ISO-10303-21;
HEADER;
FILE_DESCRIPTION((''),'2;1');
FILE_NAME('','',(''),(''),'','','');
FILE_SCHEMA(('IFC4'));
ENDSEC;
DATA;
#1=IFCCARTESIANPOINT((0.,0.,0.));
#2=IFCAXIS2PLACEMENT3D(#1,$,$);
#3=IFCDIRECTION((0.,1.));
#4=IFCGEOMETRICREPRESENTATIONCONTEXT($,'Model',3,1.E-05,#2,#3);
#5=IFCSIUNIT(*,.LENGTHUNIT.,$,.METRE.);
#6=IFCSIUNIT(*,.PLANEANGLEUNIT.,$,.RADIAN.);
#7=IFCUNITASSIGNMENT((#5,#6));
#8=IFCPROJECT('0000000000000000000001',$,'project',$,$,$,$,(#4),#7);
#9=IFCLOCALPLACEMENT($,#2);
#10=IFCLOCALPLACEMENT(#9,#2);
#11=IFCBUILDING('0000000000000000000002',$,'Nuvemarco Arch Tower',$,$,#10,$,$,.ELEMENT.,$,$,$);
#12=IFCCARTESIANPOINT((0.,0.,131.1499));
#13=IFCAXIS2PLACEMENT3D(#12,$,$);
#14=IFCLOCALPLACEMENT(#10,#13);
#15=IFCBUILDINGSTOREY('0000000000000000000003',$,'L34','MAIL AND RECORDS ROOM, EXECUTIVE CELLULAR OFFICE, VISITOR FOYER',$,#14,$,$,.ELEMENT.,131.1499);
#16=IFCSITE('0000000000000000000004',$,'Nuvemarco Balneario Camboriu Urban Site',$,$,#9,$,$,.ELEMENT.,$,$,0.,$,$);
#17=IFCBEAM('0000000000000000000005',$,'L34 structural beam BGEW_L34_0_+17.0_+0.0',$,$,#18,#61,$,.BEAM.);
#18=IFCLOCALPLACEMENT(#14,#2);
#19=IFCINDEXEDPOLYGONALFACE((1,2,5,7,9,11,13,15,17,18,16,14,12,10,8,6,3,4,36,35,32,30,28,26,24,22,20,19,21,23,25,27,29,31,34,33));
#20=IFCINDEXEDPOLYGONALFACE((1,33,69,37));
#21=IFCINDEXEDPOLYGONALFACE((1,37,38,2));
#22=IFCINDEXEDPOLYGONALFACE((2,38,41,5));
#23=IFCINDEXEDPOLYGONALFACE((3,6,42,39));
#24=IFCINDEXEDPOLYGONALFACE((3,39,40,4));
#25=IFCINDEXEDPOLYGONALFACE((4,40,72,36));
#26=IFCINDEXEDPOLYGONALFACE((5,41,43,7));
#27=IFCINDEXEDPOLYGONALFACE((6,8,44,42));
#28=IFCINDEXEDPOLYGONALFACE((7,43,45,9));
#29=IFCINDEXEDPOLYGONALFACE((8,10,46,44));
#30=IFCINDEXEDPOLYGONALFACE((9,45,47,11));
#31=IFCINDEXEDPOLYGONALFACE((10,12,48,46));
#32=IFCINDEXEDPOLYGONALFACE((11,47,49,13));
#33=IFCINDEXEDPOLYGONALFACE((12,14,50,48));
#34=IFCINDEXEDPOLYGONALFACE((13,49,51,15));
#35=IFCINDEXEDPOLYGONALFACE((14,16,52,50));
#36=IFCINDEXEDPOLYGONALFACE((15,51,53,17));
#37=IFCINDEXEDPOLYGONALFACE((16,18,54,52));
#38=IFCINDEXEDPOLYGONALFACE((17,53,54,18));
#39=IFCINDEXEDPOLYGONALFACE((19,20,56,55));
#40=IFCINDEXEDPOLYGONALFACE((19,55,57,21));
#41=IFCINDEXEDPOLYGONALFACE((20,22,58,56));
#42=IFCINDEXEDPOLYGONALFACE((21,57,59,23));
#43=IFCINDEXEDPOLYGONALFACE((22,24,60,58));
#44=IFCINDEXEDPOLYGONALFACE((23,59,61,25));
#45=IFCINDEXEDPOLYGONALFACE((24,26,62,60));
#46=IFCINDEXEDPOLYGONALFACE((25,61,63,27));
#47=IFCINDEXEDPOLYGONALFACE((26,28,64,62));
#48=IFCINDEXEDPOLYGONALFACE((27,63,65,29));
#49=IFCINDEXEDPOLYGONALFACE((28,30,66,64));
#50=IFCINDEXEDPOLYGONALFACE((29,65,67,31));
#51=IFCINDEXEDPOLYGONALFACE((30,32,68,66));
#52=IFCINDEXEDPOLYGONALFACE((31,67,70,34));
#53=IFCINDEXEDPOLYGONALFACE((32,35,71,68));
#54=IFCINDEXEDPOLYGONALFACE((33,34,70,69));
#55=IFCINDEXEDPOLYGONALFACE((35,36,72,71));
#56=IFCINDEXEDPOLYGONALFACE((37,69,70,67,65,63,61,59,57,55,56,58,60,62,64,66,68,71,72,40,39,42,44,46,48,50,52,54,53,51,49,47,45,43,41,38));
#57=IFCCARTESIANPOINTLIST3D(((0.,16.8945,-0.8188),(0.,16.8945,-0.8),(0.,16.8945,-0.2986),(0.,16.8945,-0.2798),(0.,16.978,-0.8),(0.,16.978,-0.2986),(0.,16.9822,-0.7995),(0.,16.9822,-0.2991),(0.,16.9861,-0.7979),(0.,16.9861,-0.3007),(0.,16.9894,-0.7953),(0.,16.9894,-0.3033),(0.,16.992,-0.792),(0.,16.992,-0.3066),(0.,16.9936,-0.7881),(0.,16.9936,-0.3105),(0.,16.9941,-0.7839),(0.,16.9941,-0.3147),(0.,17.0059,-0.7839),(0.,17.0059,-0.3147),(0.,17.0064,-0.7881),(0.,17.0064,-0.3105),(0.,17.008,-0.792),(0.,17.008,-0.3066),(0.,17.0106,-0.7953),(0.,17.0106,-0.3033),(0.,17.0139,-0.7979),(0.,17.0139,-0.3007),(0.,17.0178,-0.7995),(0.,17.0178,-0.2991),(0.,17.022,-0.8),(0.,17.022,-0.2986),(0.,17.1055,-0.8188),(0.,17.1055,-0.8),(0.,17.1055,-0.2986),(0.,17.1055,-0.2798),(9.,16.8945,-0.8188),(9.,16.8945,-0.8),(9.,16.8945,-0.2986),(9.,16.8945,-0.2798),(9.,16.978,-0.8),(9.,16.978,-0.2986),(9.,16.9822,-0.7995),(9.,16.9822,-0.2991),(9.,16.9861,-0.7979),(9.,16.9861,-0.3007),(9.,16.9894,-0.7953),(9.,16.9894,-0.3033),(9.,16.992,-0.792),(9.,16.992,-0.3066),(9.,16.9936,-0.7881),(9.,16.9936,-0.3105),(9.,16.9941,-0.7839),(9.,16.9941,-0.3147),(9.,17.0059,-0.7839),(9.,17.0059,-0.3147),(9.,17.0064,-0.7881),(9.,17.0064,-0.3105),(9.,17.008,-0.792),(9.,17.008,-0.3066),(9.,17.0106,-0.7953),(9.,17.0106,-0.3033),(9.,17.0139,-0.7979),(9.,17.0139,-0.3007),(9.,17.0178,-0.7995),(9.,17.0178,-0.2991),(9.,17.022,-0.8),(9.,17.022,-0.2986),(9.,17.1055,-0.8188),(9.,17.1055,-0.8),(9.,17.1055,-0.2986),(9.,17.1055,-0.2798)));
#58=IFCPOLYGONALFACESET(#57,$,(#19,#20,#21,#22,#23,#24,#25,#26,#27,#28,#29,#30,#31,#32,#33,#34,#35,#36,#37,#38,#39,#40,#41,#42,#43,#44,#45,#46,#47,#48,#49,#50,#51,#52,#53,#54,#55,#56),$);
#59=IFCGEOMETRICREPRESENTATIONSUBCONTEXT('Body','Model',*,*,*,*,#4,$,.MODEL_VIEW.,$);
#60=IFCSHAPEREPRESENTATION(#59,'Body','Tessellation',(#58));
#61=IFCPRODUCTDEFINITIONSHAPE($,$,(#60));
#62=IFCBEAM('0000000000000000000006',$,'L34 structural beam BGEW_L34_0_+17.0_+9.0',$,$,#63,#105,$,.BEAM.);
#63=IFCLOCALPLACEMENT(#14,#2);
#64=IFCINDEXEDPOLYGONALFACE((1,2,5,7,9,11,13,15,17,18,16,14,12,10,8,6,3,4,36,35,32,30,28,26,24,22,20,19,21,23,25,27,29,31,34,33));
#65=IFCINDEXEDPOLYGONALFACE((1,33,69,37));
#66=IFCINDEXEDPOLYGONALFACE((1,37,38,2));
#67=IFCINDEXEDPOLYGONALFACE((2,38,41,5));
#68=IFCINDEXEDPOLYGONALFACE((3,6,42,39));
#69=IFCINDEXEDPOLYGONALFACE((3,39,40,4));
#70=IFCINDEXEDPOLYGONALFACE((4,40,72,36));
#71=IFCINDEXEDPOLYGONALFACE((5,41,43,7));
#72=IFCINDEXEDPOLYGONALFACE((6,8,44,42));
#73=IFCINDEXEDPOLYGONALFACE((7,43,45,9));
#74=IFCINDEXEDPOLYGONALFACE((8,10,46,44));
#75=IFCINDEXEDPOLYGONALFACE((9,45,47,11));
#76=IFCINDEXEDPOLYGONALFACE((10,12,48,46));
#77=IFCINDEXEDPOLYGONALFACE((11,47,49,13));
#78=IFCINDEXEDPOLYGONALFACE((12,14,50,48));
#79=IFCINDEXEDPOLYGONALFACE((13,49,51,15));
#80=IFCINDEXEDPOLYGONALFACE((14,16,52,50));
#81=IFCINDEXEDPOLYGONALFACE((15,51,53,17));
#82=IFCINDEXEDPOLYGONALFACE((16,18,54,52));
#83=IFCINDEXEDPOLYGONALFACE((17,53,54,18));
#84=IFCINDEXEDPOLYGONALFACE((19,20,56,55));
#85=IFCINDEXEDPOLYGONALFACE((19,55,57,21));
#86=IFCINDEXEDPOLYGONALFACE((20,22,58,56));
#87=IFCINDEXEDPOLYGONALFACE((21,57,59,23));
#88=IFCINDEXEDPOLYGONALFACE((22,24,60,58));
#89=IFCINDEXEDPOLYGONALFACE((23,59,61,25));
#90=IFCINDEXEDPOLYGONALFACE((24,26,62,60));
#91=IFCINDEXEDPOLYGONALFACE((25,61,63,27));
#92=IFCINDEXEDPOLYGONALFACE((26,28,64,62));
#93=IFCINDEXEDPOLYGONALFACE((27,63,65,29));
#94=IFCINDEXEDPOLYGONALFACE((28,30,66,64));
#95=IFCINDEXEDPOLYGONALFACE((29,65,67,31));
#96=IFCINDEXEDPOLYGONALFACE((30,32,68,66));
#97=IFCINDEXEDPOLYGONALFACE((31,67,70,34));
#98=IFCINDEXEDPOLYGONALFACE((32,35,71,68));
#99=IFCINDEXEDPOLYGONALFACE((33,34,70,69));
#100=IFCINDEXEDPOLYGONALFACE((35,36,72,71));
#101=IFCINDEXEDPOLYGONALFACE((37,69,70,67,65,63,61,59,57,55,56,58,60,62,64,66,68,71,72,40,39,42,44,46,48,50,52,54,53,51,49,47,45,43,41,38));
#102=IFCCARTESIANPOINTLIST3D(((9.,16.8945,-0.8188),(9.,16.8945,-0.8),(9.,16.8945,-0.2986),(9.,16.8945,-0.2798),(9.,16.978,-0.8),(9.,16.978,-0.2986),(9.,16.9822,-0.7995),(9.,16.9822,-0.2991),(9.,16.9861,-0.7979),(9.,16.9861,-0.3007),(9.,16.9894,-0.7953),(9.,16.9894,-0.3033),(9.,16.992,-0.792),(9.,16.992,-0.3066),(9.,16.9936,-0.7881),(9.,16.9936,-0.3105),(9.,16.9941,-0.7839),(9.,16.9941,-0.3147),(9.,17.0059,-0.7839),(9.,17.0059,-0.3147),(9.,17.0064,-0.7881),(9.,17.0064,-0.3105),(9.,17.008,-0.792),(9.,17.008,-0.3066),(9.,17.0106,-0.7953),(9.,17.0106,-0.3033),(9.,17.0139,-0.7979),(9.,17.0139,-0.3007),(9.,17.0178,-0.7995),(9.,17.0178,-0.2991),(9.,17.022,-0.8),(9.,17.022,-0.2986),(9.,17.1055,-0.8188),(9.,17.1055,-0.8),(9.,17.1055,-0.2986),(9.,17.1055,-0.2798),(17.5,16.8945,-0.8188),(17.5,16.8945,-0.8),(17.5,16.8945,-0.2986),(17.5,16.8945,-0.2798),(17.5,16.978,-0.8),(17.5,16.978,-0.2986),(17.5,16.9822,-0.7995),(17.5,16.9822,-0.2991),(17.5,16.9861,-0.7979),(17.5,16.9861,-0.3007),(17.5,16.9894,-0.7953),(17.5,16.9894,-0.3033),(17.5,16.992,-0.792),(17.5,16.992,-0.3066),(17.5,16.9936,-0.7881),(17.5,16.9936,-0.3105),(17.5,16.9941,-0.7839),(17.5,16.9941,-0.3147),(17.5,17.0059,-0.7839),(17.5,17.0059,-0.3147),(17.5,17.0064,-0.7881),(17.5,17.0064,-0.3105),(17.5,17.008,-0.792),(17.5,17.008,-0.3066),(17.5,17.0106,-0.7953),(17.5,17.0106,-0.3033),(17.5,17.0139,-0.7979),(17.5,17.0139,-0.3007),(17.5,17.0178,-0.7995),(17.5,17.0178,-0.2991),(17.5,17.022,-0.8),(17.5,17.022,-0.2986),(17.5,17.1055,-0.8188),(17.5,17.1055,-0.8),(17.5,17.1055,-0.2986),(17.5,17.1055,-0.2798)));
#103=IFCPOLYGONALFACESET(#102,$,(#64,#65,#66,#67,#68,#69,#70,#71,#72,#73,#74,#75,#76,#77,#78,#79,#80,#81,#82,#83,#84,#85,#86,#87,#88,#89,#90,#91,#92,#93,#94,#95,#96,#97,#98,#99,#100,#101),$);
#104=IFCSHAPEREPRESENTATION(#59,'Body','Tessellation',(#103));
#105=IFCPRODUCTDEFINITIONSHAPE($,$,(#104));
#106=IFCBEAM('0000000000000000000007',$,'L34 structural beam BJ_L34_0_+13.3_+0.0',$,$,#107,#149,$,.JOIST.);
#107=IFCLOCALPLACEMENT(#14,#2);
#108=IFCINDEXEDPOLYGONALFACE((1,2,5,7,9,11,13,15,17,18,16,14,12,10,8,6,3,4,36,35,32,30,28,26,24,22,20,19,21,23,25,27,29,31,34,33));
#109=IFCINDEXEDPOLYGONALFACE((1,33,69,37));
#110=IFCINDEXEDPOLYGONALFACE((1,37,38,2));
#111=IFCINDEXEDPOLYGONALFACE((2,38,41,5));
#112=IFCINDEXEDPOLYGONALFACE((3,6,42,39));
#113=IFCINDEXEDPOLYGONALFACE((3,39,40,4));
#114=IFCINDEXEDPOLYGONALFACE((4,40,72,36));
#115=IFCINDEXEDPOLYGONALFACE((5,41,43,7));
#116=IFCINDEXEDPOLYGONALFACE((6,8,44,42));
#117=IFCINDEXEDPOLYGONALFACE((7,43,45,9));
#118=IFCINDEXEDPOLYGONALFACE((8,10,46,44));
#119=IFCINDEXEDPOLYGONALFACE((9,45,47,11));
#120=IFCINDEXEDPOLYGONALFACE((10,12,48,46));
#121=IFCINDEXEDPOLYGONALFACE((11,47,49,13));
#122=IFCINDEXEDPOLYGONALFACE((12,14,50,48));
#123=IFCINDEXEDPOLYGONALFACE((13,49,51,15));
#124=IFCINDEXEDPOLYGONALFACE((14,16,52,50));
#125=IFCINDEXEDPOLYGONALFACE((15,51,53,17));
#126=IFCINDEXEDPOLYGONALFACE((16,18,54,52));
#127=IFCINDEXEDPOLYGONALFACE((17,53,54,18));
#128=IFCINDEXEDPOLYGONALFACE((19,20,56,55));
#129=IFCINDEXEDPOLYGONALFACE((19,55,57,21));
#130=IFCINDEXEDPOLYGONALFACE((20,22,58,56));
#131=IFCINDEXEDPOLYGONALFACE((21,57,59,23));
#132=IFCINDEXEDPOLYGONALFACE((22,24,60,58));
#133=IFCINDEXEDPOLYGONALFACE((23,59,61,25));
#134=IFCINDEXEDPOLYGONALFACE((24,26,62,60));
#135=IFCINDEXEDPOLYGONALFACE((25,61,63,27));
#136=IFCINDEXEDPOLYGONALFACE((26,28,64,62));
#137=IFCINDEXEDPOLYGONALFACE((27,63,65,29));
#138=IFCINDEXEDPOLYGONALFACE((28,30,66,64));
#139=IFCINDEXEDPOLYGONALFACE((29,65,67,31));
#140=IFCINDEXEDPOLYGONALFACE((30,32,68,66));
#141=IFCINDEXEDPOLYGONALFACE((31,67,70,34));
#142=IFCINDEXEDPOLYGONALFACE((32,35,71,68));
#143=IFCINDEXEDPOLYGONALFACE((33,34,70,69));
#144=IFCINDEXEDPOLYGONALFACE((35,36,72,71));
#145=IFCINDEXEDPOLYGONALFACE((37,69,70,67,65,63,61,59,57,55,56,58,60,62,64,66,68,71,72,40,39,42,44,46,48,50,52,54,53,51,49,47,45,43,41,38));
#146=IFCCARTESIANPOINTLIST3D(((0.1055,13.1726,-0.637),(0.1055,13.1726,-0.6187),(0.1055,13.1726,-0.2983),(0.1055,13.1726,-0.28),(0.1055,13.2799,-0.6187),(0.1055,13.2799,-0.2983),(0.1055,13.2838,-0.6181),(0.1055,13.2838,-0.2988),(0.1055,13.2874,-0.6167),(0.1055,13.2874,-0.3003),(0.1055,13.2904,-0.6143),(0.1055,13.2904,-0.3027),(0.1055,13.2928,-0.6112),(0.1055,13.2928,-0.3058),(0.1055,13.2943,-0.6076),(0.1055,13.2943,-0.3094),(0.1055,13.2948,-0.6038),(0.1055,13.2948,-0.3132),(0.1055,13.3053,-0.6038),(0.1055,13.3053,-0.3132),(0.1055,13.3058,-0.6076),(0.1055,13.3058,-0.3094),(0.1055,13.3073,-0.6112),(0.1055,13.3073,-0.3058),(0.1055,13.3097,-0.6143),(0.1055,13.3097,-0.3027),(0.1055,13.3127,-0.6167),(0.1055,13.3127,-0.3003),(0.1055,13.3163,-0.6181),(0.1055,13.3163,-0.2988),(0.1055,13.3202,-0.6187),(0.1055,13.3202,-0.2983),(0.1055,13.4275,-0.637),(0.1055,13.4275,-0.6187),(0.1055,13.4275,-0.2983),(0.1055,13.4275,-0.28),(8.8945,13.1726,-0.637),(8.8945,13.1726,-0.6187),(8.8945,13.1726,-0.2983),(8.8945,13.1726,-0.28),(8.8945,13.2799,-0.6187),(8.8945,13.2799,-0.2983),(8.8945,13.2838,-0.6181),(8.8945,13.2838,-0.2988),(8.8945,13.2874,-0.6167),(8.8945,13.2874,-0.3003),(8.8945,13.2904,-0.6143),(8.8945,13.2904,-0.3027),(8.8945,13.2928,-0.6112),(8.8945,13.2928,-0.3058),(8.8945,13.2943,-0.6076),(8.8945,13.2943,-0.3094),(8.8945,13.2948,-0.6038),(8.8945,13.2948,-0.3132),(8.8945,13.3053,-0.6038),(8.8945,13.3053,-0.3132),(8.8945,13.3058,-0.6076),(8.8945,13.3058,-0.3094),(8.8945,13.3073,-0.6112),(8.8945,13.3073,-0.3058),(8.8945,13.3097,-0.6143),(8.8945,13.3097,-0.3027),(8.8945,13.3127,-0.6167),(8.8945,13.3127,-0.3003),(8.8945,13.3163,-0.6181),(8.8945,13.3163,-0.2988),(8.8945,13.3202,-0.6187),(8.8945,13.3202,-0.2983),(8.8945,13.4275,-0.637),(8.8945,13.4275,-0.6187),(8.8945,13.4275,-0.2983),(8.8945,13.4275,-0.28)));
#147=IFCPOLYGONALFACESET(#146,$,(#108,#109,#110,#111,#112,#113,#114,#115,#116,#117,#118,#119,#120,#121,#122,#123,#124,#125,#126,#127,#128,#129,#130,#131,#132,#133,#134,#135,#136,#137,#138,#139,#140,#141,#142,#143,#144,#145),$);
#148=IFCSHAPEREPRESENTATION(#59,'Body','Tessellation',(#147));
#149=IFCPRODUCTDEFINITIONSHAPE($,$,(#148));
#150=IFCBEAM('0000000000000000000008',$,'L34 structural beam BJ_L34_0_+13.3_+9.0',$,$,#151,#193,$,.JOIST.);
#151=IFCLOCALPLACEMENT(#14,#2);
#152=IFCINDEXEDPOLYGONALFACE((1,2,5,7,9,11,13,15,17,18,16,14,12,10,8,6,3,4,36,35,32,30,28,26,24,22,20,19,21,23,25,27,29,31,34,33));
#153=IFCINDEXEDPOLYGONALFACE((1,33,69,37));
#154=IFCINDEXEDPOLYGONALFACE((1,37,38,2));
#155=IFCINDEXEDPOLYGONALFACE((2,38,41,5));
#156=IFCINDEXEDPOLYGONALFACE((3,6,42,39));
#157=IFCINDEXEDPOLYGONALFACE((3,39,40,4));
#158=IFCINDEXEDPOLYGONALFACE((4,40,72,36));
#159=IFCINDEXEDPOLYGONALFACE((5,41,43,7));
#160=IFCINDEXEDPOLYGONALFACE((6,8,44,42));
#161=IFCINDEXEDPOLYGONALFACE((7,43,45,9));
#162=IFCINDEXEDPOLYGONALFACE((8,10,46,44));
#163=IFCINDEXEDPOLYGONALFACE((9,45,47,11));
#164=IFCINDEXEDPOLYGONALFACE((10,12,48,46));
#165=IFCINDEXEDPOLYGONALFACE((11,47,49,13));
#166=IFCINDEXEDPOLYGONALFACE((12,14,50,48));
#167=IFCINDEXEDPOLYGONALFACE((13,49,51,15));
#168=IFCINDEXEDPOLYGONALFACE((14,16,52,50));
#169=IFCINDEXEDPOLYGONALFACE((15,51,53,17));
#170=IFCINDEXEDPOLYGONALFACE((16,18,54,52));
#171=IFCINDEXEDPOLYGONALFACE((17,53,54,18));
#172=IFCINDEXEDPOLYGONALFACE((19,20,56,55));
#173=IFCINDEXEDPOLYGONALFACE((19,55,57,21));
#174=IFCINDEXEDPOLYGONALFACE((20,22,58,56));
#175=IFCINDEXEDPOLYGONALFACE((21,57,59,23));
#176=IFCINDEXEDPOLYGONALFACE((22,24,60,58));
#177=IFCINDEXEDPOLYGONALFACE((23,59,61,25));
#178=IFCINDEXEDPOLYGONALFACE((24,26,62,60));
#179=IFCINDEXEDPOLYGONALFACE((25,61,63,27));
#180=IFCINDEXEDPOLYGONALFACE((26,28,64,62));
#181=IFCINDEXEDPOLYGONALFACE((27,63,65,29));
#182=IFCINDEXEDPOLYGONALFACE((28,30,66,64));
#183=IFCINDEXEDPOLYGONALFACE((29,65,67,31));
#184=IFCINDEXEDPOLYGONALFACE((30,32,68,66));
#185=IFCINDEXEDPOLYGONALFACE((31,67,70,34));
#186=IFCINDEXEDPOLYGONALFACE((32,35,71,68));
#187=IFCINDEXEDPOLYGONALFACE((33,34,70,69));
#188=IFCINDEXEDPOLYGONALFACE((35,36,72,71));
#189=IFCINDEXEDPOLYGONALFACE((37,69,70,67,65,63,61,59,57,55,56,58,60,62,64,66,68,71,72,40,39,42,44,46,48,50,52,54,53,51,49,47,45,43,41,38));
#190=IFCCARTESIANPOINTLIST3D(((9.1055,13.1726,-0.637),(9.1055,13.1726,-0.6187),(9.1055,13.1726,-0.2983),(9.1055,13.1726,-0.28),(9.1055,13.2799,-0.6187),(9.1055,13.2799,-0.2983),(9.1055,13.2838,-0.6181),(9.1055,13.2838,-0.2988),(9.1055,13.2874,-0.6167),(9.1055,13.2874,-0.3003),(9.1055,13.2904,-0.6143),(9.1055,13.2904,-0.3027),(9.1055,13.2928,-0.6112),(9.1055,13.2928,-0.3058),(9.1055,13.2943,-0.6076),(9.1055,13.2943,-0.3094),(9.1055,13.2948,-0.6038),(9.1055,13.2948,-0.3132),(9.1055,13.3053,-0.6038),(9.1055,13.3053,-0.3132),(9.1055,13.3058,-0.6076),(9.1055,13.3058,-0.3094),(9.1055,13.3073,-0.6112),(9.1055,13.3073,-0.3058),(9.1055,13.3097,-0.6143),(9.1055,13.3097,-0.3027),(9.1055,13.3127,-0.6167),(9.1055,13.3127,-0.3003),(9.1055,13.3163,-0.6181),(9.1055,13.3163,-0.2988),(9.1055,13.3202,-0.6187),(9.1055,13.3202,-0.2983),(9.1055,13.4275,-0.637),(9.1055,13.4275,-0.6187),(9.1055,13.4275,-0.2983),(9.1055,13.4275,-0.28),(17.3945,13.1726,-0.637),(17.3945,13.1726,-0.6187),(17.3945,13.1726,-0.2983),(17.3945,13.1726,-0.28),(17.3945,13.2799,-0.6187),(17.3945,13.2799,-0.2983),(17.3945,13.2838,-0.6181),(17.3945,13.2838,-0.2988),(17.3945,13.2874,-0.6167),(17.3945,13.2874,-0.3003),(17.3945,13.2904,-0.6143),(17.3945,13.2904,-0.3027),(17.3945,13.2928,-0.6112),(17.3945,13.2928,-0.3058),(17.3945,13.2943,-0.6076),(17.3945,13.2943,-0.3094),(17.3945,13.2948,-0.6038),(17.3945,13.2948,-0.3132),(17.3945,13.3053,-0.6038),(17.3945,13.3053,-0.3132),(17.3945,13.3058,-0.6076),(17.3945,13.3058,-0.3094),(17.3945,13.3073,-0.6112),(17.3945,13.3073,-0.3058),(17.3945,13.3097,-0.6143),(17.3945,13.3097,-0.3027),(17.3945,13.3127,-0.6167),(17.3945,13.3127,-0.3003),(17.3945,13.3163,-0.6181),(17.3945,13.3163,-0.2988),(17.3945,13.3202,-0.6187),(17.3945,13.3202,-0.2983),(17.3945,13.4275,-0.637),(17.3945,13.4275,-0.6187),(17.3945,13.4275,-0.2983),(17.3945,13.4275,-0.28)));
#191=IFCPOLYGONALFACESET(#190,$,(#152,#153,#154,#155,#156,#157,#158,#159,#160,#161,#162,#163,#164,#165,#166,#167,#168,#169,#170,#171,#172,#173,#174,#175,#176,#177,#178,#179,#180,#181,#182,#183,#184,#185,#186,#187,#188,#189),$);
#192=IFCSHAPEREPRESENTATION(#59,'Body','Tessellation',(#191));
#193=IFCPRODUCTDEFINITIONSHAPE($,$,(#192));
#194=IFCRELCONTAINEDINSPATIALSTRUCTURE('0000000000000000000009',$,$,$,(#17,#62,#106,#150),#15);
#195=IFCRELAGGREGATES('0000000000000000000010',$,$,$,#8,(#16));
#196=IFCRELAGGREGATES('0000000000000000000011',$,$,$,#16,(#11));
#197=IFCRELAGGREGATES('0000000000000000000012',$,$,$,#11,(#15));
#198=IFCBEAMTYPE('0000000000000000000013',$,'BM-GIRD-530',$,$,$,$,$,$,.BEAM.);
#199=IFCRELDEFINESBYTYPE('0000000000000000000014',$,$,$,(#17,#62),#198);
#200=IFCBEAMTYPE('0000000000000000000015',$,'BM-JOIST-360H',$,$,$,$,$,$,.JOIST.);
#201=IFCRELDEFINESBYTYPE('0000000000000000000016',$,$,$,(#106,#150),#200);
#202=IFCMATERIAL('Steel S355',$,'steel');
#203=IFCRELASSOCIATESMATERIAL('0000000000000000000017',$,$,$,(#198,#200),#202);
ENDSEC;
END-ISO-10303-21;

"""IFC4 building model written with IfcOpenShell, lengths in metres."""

from ifc_helpers import new_model, si_unit, direction, frame, origin, origin_2d, place, context, subcontext, project, spatial, i_section, extrude, material, material_profile, profile_set, type_object, element, save


model = new_model("IFC4")

# Units and contexts
model_context = context("Model", 3, precision=1e-05, world=origin(), true_north=direction((0.0, 1.0)))
body_context = subcontext(model_context, "Body", "Model", "MODEL_VIEW")
ifc_project = project(units=[si_unit("LENGTHUNIT", "METRE"), si_unit("PLANEANGLEUNIT", "RADIAN")], contexts=[model_context])

# Site, building, storey
site_placement = place(None, origin())
site = spatial("IfcSite", under=ifc_project, at=site_placement, Name="Nuvemarco Balneario Camboriu Urban Site", CompositionType="ELEMENT", RefElevation=0.0)
building_placement = place(site_placement, origin())
building = spatial("IfcBuilding", under=site, at=building_placement, Name="Nuvemarco Arch Tower", CompositionType="ELEMENT")
storey_placement = place(building_placement, frame((0.0, 0.0, 131.1499)))
storey = spatial("IfcBuildingStorey", under=building, at=storey_placement, Name="L34", Description="MAIL AND RECORDS ROOM, EXECUTIVE CELLULAR OFFICE, VISITOR FOYER", CompositionType="ELEMENT", Elevation=131.1499)

# Shared definitions
ifc_material_1 = material(Name="Steel S355", Category="steel")

# Beams
ifc_material_profile_1 = material_profile(ifc_material_1, i_section(OverallWidth=0.2109, OverallDepth=0.5391, WebThickness=0.0117, FlangeThickness=0.0188, FilletRadius=0.0161, at=origin_2d()), Name="W530x109")
ifc_profile_set_1 = profile_set([ifc_material_profile_1], Name="Steel S355")
beam_type_1 = type_object("IfcBeamType", Name="BM-GIRD-530", PredefinedType="BEAM", material=ifc_profile_set_1)
beam_1_placement = place(storey_placement, frame((0.0, 17.0, -0.5493), z_axis=(1.0, 0.0, 0.0), x_axis=(0.0, 1.0, 0.0)))
element("IfcBeam", 1, at=beam_1_placement, inside=storey, type_object=beam_type_1, Name="L34 structural beam BGEW_L34_0_+17.0_+0.0", PredefinedType="BEAM", context=body_context, shape_type="SweptSolid", body=[
    extrude(i_section(OverallWidth=0.2109, OverallDepth=0.5391, WebThickness=0.0117, FlangeThickness=0.0188, FilletRadius=0.0161, at=origin_2d()), origin(), (0.0, 0.0, 1.0), 9.0),
])
beam_2_placement = place(storey_placement, frame((9.0, 17.0, -0.5493), z_axis=(1.0, 0.0, 0.0), x_axis=(0.0, 1.0, 0.0)))
element("IfcBeam", 2, at=beam_2_placement, inside=storey, type_object=beam_type_1, Name="L34 structural beam BGEW_L34_0_+17.0_+9.0", PredefinedType="BEAM", context=body_context, shape_type="SweptSolid", body=[
    extrude(i_section(OverallWidth=0.2109, OverallDepth=0.5391, WebThickness=0.0117, FlangeThickness=0.0188, FilletRadius=0.0161, at=origin_2d()), origin(), (0.0, 0.0, 1.0), 8.5),
])
ifc_material_profile_2 = material_profile(ifc_material_1, i_section(OverallWidth=0.2549, OverallDepth=0.3569, WebThickness=0.0105, FlangeThickness=0.0183, FilletRadius=0.0149, at=origin_2d()), Name="W360x101")
ifc_profile_set_2 = profile_set([ifc_material_profile_2], Name="Steel S355")
beam_type_2 = type_object("IfcBeamType", Name="BM-JOIST-360H", PredefinedType="JOIST", material=ifc_profile_set_2)
beam_3_placement = place(storey_placement, frame((0.1055, 13.3, -0.4585), z_axis=(1.0, 0.0, 0.0), x_axis=(0.0, 1.0, 0.0)))
element("IfcBeam", 3, at=beam_3_placement, inside=storey, type_object=beam_type_2, Name="L34 structural beam BJ_L34_0_+13.3_+0.0", PredefinedType="JOIST", context=body_context, shape_type="SweptSolid", body=[
    extrude(i_section(OverallWidth=0.2549, OverallDepth=0.3569, WebThickness=0.0105, FlangeThickness=0.0183, FilletRadius=0.0149, at=origin_2d()), origin(), (0.0, 0.0, 1.0), 8.7891),
])
beam_4_placement = place(storey_placement, frame((9.1055, 13.3, -0.4585), z_axis=(1.0, 0.0, 0.0), x_axis=(0.0, 1.0, 0.0)))
element("IfcBeam", 4, at=beam_4_placement, inside=storey, type_object=beam_type_2, Name="L34 structural beam BJ_L34_0_+13.3_+9.0", PredefinedType="JOIST", context=body_context, shape_type="SweptSolid", body=[
    extrude(i_section(OverallWidth=0.2549, OverallDepth=0.3569, WebThickness=0.0105, FlangeThickness=0.0183, FilletRadius=0.0149, at=origin_2d()), origin(), (0.0, 0.0, 1.0), 8.2891),
])

save(model, "model.ifc")
